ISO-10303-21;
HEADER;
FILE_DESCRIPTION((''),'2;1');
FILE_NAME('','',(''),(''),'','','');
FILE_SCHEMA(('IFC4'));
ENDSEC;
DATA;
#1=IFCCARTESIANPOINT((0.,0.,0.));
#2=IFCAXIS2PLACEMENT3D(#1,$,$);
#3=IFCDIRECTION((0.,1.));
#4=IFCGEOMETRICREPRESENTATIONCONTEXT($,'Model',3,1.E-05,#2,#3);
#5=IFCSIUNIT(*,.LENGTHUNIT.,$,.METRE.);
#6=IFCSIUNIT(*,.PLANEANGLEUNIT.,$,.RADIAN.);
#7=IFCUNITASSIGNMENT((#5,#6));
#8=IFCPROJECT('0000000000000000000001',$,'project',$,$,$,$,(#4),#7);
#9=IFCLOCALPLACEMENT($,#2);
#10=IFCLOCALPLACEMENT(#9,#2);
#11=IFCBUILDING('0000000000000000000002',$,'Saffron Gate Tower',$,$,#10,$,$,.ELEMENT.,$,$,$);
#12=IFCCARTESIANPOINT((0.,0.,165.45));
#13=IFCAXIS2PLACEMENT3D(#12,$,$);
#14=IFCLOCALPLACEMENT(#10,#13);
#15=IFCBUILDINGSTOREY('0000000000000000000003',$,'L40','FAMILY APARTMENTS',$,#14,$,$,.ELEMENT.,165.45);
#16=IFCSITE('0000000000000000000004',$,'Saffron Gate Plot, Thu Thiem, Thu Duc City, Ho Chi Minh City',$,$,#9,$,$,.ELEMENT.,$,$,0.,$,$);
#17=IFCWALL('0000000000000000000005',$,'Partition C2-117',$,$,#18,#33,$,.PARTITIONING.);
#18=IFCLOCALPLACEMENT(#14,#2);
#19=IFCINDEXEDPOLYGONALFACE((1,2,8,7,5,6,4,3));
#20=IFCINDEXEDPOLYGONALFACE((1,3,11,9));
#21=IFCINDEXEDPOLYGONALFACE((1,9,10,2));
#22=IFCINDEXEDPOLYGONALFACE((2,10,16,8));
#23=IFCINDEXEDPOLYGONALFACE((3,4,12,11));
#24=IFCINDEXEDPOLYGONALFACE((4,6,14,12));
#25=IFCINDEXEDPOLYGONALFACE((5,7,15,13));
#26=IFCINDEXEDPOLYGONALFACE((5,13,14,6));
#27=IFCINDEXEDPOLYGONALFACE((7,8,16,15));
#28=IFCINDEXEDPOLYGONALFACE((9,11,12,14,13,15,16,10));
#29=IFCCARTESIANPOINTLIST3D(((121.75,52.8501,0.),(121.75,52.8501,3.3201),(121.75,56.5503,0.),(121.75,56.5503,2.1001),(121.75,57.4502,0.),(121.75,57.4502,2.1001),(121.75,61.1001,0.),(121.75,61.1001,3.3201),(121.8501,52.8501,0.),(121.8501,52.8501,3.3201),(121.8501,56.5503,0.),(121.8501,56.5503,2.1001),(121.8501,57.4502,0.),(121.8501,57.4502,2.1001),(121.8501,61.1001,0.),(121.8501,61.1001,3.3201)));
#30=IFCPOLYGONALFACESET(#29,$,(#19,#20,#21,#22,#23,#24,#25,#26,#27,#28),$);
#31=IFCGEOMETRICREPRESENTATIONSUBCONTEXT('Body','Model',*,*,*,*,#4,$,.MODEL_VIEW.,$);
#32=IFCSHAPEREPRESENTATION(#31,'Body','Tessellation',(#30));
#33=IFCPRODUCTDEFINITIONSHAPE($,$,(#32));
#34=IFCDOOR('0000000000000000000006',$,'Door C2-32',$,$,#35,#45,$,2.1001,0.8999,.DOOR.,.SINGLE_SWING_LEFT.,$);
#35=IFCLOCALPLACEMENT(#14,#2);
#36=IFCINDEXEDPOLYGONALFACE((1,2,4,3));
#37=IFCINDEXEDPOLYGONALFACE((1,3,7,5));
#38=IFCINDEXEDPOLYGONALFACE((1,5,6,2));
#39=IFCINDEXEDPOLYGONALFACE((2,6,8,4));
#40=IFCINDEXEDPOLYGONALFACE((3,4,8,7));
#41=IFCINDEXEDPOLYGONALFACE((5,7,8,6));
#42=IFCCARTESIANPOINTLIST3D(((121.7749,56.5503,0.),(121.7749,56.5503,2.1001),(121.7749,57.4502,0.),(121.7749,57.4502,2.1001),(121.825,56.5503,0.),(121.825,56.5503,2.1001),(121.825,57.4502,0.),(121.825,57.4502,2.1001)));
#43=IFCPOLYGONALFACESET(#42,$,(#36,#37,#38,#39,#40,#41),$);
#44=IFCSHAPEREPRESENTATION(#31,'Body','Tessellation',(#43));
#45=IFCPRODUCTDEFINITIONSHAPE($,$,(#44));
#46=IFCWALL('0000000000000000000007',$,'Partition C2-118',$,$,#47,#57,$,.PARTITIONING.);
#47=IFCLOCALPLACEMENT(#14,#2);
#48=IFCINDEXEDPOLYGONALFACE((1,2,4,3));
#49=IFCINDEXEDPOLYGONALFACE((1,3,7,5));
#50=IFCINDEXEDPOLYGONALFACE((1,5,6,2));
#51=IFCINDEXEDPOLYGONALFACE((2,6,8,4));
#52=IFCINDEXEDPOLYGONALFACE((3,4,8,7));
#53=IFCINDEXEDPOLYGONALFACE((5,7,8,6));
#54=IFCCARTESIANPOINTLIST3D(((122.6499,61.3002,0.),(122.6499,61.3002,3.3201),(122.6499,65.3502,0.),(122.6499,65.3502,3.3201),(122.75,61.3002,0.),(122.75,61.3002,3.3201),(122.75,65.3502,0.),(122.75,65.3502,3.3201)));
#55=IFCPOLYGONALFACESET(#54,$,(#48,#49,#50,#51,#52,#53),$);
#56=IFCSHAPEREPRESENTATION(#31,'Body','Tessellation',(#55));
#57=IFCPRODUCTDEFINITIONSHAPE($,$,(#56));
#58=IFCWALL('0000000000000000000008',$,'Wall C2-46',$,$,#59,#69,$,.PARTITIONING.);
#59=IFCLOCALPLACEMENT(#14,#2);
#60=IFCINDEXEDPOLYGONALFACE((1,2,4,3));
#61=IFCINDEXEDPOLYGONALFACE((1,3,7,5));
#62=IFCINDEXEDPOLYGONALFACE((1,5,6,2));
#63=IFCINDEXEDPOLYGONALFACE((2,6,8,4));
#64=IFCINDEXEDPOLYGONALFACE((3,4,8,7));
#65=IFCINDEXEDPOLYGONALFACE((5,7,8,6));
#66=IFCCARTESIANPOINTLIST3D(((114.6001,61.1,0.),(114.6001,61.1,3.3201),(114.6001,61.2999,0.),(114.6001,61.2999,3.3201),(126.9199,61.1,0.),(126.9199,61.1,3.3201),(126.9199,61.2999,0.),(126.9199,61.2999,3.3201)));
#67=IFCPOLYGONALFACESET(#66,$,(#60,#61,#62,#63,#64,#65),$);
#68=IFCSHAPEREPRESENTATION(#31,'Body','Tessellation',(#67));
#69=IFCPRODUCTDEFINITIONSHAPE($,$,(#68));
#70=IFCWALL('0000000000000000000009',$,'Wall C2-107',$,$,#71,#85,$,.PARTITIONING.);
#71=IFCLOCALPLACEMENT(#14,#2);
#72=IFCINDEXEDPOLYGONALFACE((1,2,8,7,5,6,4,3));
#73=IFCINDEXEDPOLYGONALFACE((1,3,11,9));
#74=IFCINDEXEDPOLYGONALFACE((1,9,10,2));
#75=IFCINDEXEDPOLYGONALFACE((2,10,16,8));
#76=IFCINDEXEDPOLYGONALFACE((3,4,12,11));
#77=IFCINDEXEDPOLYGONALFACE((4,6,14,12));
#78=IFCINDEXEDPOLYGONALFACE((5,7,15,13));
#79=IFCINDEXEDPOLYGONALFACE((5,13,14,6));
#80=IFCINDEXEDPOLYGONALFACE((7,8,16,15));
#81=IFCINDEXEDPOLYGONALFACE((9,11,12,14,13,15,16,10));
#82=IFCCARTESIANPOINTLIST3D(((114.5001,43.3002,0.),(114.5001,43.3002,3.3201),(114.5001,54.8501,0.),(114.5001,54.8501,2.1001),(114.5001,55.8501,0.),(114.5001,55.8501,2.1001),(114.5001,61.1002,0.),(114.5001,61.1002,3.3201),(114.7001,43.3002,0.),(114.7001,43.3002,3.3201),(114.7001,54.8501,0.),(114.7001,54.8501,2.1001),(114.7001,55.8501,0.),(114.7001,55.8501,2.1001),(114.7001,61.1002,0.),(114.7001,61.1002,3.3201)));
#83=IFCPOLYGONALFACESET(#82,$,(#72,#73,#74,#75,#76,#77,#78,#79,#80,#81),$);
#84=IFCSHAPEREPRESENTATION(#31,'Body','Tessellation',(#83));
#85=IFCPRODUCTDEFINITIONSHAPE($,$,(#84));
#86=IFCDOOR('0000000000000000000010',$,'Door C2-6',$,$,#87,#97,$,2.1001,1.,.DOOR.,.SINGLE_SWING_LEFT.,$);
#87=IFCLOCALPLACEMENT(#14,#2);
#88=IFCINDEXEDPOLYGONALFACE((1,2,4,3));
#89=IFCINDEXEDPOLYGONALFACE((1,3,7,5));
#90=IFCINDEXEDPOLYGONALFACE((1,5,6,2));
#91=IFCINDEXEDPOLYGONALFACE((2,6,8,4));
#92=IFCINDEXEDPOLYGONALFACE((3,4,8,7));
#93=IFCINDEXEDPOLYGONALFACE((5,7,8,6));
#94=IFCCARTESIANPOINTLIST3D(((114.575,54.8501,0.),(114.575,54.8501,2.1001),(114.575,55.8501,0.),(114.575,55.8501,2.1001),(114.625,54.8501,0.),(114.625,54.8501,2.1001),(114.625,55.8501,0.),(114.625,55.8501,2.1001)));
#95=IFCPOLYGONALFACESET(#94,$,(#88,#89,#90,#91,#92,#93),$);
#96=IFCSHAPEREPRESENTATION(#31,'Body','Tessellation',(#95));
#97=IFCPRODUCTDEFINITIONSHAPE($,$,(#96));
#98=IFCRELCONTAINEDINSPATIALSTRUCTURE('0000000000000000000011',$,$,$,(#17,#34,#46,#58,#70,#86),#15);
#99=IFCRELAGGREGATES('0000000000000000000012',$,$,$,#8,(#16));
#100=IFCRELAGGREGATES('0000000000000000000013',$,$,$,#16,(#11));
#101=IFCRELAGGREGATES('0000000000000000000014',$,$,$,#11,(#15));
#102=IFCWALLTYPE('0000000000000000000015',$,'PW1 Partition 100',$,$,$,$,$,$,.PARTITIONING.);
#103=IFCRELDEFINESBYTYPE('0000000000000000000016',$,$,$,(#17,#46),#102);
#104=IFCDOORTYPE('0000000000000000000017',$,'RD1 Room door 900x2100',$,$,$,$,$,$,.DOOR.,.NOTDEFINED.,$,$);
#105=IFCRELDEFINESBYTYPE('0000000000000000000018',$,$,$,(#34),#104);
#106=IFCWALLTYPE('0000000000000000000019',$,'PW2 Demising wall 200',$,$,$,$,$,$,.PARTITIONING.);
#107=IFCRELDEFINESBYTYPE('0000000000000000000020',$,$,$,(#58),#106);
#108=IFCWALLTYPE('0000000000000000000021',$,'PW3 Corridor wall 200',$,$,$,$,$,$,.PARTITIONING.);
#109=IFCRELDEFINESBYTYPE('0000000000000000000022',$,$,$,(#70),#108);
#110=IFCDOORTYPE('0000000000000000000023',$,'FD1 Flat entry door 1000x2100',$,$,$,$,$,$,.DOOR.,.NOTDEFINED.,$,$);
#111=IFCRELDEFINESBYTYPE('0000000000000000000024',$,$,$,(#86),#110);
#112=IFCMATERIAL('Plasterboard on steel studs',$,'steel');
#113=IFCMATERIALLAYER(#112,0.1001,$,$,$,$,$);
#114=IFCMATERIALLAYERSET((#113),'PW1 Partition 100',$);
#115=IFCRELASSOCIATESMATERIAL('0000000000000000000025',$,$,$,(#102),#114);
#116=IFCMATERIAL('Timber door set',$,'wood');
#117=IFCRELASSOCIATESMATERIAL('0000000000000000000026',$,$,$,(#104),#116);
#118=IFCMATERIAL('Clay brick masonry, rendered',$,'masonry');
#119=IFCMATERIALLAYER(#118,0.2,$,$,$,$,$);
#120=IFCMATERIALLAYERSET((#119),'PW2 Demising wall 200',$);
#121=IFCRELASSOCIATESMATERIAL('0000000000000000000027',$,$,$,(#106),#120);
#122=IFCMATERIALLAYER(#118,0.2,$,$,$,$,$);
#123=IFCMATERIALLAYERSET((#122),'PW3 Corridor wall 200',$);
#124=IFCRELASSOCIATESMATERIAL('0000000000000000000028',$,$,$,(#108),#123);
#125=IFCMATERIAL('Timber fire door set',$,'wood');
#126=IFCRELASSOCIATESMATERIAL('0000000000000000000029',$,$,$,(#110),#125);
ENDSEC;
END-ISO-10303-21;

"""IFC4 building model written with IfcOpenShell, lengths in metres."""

from ifc_helpers import new_model, si_unit, direction, frame, frame_2d, origin, place, context, subcontext, project, spatial, rectangle, extrude, material, layer, layer_set, type_object, element, fill, save


model = new_model("IFC4")

# Units and contexts
model_context = context("Model", 3, precision=1e-05, world=origin(), true_north=direction((0.0, 1.0)))
body_context = subcontext(model_context, "Body", "Model", "MODEL_VIEW")
ifc_project = project(units=[si_unit("LENGTHUNIT", "METRE"), si_unit("PLANEANGLEUNIT", "RADIAN")], contexts=[model_context])

# Site, building, storey
site_placement = place(None, origin())
site = spatial("IfcSite", under=ifc_project, at=site_placement, Name="Saffron Gate Plot, Thu Thiem, Thu Duc City, Ho Chi Minh City", CompositionType="ELEMENT", RefElevation=0.0)
building_placement = place(site_placement, origin())
building = spatial("IfcBuilding", under=site, at=building_placement, Name="Saffron Gate Tower", CompositionType="ELEMENT")
storey_placement = place(building_placement, frame((0.0, 0.0, 165.45)))
storey = spatial("IfcBuildingStorey", under=building, at=storey_placement, Name="L40", Description="FAMILY APARTMENTS", CompositionType="ELEMENT", Elevation=165.45)

# Shared definitions
ifc_material_1 = material(Name="Plasterboard on steel studs", Category="steel")
ifc_layer_1 = layer(ifc_material_1, 0.1001)
ifc_layer_set_1 = layer_set([ifc_layer_1], Name="PW1 Partition 100")
wall_type_1 = type_object("IfcWallType", Name="PW1 Partition 100", PredefinedType="PARTITIONING", material=ifc_layer_set_1)

# Shared definitions
ifc_material_2 = material(Name="Timber door set", Category="wood")
door_type_1 = type_object("IfcDoorType", Name="RD1 Room door 900x2100", OperationType="NOTDEFINED", PredefinedType="DOOR", material=ifc_material_2)

# Wall, opening, door
wall_1_placement = place(storey_placement, frame((121.8, 61.1001, 0.0), z_axis=(0.0, 0.0, 1.0), x_axis=(0.0, -1.0, 0.0)))
wall_1 = element("IfcWall", 1, at=wall_1_placement, inside=storey, type_object=wall_type_1, Name="Partition C2-117", PredefinedType="PARTITIONING", context=body_context, shape_type="SweptSolid", body=[
    extrude(rectangle(XDim=8.25, YDim=0.1001, at=frame_2d((4.125, 0.0))), origin(), (0.0, 0.0, 1.0), 3.3201),
])
opening_1_placement = place(wall_1_placement, frame((3.6499, 0.0, 0.0)))
opening_1 = element("IfcOpeningElement", 2, at=opening_1_placement, cuts=wall_1, PredefinedType="OPENING", context=body_context, shape_type="SweptSolid", body=[
    extrude(rectangle(XDim=0.8999, YDim=2.1001, at=frame_2d((0.45, 1.05))), frame((0.0, 0.0601, 0.0), z_axis=(0.0, -1.0, 0.0), x_axis=(1.0, 0.0, 0.0)), (0.0, 0.0, 1.0), 0.1201),
])
door_1_placement = place(opening_1_placement, origin())
door_1 = element("IfcDoor", 3, at=door_1_placement, inside=storey, type_object=door_type_1, Name="Door C2-32", OperationType="SINGLE_SWING_LEFT", OverallHeight=2.1001, OverallWidth=0.8999, PredefinedType="DOOR", context=body_context, shape_type="SweptSolid", body=[
    extrude(rectangle(XDim=0.8999, YDim=2.1001, at=frame_2d((0.45, 1.05))), frame((0.0, 0.0249, 0.0), z_axis=(0.0, -1.0, 0.0), x_axis=(1.0, 0.0, 0.0)), (0.0, 0.0, 1.0), 0.05),
])
fill(opening_1, door_1)

# Walls
wall_2_placement = place(storey_placement, frame((122.7, 65.3501, 0.0), z_axis=(0.0, 0.0, 1.0), x_axis=(0.0, -1.0, 0.0)))
element("IfcWall", 4, at=wall_2_placement, inside=storey, type_object=wall_type_1, Name="Partition C2-118", PredefinedType="PARTITIONING", context=body_context, shape_type="SweptSolid", body=[
    extrude(rectangle(XDim=4.05, YDim=0.1001, at=frame_2d((2.0249, 0.0))), origin(), (0.0, 0.0, 1.0), 3.3201),
])
ifc_material_3 = material(Name="Clay brick masonry, rendered", Category="masonry")
ifc_layer_2 = layer(ifc_material_3, 0.2)
ifc_layer_set_2 = layer_set([ifc_layer_2], Name="PW2 Demising wall 200")
wall_type_2 = type_object("IfcWallType", Name="PW2 Demising wall 200", PredefinedType="PARTITIONING", material=ifc_layer_set_2)
wall_3_placement = place(storey_placement, frame((114.6001, 61.2, 0.0), z_axis=(0.0, 0.0, 1.0), x_axis=(1.0, 0.0, 0.0)))
element("IfcWall", 5, at=wall_3_placement, inside=storey, type_object=wall_type_2, Name="Wall C2-46", PredefinedType="PARTITIONING", context=body_context, shape_type="SweptSolid", body=[
    extrude(rectangle(XDim=12.3198, YDim=0.2, at=frame_2d((6.1599, 0.0))), origin(), (0.0, 0.0, 1.0), 3.3201),
])

# Wall, opening, door
ifc_layer_3 = layer(ifc_material_3, 0.2)
ifc_layer_set_3 = layer_set([ifc_layer_3], Name="PW3 Corridor wall 200")
wall_type_3 = type_object("IfcWallType", Name="PW3 Corridor wall 200", PredefinedType="PARTITIONING", material=ifc_layer_set_3)
wall_4_placement = place(storey_placement, frame((114.6001, 61.1001, 0.0), z_axis=(0.0, 0.0, 1.0), x_axis=(0.0, -1.0, 0.0)))
wall_4 = element("IfcWall", 6, at=wall_4_placement, inside=storey, type_object=wall_type_3, Name="Wall C2-107", PredefinedType="PARTITIONING", context=body_context, shape_type="SweptSolid", body=[
    extrude(rectangle(XDim=17.8, YDim=0.2, at=frame_2d((8.8999, 0.0))), origin(), (0.0, 0.0, 1.0), 3.3201),
])
opening_2_placement = place(wall_4_placement, frame((5.25, 0.0, 0.0)))
opening_2 = element("IfcOpeningElement", 7, at=opening_2_placement, cuts=wall_4, PredefinedType="OPENING", context=body_context, shape_type="SweptSolid", body=[
    extrude(rectangle(XDim=1.0, YDim=2.1001, at=frame_2d((0.5, 1.05))), frame((0.0, 0.1099, 0.0), z_axis=(0.0, -1.0, 0.0), x_axis=(1.0, 0.0, 0.0)), (0.0, 0.0, 1.0), 0.22),
])
ifc_material_4 = material(Name="Timber fire door set", Category="wood")
door_type_2 = type_object("IfcDoorType", Name="FD1 Flat entry door 1000x2100", OperationType="NOTDEFINED", PredefinedType="DOOR", material=ifc_material_4)
door_2_placement = place(opening_2_placement, origin())
door_2 = element("IfcDoor", 8, at=door_2_placement, inside=storey, type_object=door_type_2, Name="Door C2-6", OperationType="SINGLE_SWING_LEFT", OverallHeight=2.1001, OverallWidth=1.0, PredefinedType="DOOR", context=body_context, shape_type="SweptSolid", body=[
    extrude(rectangle(XDim=1.0, YDim=2.1001, at=frame_2d((0.5, 1.05))), frame((0.0, 0.0249, 0.0), z_axis=(0.0, -1.0, 0.0), x_axis=(1.0, 0.0, 0.0)), (0.0, 0.0, 1.0), 0.05),
])
fill(opening_2, door_2)

save(model, "model.ifc")
